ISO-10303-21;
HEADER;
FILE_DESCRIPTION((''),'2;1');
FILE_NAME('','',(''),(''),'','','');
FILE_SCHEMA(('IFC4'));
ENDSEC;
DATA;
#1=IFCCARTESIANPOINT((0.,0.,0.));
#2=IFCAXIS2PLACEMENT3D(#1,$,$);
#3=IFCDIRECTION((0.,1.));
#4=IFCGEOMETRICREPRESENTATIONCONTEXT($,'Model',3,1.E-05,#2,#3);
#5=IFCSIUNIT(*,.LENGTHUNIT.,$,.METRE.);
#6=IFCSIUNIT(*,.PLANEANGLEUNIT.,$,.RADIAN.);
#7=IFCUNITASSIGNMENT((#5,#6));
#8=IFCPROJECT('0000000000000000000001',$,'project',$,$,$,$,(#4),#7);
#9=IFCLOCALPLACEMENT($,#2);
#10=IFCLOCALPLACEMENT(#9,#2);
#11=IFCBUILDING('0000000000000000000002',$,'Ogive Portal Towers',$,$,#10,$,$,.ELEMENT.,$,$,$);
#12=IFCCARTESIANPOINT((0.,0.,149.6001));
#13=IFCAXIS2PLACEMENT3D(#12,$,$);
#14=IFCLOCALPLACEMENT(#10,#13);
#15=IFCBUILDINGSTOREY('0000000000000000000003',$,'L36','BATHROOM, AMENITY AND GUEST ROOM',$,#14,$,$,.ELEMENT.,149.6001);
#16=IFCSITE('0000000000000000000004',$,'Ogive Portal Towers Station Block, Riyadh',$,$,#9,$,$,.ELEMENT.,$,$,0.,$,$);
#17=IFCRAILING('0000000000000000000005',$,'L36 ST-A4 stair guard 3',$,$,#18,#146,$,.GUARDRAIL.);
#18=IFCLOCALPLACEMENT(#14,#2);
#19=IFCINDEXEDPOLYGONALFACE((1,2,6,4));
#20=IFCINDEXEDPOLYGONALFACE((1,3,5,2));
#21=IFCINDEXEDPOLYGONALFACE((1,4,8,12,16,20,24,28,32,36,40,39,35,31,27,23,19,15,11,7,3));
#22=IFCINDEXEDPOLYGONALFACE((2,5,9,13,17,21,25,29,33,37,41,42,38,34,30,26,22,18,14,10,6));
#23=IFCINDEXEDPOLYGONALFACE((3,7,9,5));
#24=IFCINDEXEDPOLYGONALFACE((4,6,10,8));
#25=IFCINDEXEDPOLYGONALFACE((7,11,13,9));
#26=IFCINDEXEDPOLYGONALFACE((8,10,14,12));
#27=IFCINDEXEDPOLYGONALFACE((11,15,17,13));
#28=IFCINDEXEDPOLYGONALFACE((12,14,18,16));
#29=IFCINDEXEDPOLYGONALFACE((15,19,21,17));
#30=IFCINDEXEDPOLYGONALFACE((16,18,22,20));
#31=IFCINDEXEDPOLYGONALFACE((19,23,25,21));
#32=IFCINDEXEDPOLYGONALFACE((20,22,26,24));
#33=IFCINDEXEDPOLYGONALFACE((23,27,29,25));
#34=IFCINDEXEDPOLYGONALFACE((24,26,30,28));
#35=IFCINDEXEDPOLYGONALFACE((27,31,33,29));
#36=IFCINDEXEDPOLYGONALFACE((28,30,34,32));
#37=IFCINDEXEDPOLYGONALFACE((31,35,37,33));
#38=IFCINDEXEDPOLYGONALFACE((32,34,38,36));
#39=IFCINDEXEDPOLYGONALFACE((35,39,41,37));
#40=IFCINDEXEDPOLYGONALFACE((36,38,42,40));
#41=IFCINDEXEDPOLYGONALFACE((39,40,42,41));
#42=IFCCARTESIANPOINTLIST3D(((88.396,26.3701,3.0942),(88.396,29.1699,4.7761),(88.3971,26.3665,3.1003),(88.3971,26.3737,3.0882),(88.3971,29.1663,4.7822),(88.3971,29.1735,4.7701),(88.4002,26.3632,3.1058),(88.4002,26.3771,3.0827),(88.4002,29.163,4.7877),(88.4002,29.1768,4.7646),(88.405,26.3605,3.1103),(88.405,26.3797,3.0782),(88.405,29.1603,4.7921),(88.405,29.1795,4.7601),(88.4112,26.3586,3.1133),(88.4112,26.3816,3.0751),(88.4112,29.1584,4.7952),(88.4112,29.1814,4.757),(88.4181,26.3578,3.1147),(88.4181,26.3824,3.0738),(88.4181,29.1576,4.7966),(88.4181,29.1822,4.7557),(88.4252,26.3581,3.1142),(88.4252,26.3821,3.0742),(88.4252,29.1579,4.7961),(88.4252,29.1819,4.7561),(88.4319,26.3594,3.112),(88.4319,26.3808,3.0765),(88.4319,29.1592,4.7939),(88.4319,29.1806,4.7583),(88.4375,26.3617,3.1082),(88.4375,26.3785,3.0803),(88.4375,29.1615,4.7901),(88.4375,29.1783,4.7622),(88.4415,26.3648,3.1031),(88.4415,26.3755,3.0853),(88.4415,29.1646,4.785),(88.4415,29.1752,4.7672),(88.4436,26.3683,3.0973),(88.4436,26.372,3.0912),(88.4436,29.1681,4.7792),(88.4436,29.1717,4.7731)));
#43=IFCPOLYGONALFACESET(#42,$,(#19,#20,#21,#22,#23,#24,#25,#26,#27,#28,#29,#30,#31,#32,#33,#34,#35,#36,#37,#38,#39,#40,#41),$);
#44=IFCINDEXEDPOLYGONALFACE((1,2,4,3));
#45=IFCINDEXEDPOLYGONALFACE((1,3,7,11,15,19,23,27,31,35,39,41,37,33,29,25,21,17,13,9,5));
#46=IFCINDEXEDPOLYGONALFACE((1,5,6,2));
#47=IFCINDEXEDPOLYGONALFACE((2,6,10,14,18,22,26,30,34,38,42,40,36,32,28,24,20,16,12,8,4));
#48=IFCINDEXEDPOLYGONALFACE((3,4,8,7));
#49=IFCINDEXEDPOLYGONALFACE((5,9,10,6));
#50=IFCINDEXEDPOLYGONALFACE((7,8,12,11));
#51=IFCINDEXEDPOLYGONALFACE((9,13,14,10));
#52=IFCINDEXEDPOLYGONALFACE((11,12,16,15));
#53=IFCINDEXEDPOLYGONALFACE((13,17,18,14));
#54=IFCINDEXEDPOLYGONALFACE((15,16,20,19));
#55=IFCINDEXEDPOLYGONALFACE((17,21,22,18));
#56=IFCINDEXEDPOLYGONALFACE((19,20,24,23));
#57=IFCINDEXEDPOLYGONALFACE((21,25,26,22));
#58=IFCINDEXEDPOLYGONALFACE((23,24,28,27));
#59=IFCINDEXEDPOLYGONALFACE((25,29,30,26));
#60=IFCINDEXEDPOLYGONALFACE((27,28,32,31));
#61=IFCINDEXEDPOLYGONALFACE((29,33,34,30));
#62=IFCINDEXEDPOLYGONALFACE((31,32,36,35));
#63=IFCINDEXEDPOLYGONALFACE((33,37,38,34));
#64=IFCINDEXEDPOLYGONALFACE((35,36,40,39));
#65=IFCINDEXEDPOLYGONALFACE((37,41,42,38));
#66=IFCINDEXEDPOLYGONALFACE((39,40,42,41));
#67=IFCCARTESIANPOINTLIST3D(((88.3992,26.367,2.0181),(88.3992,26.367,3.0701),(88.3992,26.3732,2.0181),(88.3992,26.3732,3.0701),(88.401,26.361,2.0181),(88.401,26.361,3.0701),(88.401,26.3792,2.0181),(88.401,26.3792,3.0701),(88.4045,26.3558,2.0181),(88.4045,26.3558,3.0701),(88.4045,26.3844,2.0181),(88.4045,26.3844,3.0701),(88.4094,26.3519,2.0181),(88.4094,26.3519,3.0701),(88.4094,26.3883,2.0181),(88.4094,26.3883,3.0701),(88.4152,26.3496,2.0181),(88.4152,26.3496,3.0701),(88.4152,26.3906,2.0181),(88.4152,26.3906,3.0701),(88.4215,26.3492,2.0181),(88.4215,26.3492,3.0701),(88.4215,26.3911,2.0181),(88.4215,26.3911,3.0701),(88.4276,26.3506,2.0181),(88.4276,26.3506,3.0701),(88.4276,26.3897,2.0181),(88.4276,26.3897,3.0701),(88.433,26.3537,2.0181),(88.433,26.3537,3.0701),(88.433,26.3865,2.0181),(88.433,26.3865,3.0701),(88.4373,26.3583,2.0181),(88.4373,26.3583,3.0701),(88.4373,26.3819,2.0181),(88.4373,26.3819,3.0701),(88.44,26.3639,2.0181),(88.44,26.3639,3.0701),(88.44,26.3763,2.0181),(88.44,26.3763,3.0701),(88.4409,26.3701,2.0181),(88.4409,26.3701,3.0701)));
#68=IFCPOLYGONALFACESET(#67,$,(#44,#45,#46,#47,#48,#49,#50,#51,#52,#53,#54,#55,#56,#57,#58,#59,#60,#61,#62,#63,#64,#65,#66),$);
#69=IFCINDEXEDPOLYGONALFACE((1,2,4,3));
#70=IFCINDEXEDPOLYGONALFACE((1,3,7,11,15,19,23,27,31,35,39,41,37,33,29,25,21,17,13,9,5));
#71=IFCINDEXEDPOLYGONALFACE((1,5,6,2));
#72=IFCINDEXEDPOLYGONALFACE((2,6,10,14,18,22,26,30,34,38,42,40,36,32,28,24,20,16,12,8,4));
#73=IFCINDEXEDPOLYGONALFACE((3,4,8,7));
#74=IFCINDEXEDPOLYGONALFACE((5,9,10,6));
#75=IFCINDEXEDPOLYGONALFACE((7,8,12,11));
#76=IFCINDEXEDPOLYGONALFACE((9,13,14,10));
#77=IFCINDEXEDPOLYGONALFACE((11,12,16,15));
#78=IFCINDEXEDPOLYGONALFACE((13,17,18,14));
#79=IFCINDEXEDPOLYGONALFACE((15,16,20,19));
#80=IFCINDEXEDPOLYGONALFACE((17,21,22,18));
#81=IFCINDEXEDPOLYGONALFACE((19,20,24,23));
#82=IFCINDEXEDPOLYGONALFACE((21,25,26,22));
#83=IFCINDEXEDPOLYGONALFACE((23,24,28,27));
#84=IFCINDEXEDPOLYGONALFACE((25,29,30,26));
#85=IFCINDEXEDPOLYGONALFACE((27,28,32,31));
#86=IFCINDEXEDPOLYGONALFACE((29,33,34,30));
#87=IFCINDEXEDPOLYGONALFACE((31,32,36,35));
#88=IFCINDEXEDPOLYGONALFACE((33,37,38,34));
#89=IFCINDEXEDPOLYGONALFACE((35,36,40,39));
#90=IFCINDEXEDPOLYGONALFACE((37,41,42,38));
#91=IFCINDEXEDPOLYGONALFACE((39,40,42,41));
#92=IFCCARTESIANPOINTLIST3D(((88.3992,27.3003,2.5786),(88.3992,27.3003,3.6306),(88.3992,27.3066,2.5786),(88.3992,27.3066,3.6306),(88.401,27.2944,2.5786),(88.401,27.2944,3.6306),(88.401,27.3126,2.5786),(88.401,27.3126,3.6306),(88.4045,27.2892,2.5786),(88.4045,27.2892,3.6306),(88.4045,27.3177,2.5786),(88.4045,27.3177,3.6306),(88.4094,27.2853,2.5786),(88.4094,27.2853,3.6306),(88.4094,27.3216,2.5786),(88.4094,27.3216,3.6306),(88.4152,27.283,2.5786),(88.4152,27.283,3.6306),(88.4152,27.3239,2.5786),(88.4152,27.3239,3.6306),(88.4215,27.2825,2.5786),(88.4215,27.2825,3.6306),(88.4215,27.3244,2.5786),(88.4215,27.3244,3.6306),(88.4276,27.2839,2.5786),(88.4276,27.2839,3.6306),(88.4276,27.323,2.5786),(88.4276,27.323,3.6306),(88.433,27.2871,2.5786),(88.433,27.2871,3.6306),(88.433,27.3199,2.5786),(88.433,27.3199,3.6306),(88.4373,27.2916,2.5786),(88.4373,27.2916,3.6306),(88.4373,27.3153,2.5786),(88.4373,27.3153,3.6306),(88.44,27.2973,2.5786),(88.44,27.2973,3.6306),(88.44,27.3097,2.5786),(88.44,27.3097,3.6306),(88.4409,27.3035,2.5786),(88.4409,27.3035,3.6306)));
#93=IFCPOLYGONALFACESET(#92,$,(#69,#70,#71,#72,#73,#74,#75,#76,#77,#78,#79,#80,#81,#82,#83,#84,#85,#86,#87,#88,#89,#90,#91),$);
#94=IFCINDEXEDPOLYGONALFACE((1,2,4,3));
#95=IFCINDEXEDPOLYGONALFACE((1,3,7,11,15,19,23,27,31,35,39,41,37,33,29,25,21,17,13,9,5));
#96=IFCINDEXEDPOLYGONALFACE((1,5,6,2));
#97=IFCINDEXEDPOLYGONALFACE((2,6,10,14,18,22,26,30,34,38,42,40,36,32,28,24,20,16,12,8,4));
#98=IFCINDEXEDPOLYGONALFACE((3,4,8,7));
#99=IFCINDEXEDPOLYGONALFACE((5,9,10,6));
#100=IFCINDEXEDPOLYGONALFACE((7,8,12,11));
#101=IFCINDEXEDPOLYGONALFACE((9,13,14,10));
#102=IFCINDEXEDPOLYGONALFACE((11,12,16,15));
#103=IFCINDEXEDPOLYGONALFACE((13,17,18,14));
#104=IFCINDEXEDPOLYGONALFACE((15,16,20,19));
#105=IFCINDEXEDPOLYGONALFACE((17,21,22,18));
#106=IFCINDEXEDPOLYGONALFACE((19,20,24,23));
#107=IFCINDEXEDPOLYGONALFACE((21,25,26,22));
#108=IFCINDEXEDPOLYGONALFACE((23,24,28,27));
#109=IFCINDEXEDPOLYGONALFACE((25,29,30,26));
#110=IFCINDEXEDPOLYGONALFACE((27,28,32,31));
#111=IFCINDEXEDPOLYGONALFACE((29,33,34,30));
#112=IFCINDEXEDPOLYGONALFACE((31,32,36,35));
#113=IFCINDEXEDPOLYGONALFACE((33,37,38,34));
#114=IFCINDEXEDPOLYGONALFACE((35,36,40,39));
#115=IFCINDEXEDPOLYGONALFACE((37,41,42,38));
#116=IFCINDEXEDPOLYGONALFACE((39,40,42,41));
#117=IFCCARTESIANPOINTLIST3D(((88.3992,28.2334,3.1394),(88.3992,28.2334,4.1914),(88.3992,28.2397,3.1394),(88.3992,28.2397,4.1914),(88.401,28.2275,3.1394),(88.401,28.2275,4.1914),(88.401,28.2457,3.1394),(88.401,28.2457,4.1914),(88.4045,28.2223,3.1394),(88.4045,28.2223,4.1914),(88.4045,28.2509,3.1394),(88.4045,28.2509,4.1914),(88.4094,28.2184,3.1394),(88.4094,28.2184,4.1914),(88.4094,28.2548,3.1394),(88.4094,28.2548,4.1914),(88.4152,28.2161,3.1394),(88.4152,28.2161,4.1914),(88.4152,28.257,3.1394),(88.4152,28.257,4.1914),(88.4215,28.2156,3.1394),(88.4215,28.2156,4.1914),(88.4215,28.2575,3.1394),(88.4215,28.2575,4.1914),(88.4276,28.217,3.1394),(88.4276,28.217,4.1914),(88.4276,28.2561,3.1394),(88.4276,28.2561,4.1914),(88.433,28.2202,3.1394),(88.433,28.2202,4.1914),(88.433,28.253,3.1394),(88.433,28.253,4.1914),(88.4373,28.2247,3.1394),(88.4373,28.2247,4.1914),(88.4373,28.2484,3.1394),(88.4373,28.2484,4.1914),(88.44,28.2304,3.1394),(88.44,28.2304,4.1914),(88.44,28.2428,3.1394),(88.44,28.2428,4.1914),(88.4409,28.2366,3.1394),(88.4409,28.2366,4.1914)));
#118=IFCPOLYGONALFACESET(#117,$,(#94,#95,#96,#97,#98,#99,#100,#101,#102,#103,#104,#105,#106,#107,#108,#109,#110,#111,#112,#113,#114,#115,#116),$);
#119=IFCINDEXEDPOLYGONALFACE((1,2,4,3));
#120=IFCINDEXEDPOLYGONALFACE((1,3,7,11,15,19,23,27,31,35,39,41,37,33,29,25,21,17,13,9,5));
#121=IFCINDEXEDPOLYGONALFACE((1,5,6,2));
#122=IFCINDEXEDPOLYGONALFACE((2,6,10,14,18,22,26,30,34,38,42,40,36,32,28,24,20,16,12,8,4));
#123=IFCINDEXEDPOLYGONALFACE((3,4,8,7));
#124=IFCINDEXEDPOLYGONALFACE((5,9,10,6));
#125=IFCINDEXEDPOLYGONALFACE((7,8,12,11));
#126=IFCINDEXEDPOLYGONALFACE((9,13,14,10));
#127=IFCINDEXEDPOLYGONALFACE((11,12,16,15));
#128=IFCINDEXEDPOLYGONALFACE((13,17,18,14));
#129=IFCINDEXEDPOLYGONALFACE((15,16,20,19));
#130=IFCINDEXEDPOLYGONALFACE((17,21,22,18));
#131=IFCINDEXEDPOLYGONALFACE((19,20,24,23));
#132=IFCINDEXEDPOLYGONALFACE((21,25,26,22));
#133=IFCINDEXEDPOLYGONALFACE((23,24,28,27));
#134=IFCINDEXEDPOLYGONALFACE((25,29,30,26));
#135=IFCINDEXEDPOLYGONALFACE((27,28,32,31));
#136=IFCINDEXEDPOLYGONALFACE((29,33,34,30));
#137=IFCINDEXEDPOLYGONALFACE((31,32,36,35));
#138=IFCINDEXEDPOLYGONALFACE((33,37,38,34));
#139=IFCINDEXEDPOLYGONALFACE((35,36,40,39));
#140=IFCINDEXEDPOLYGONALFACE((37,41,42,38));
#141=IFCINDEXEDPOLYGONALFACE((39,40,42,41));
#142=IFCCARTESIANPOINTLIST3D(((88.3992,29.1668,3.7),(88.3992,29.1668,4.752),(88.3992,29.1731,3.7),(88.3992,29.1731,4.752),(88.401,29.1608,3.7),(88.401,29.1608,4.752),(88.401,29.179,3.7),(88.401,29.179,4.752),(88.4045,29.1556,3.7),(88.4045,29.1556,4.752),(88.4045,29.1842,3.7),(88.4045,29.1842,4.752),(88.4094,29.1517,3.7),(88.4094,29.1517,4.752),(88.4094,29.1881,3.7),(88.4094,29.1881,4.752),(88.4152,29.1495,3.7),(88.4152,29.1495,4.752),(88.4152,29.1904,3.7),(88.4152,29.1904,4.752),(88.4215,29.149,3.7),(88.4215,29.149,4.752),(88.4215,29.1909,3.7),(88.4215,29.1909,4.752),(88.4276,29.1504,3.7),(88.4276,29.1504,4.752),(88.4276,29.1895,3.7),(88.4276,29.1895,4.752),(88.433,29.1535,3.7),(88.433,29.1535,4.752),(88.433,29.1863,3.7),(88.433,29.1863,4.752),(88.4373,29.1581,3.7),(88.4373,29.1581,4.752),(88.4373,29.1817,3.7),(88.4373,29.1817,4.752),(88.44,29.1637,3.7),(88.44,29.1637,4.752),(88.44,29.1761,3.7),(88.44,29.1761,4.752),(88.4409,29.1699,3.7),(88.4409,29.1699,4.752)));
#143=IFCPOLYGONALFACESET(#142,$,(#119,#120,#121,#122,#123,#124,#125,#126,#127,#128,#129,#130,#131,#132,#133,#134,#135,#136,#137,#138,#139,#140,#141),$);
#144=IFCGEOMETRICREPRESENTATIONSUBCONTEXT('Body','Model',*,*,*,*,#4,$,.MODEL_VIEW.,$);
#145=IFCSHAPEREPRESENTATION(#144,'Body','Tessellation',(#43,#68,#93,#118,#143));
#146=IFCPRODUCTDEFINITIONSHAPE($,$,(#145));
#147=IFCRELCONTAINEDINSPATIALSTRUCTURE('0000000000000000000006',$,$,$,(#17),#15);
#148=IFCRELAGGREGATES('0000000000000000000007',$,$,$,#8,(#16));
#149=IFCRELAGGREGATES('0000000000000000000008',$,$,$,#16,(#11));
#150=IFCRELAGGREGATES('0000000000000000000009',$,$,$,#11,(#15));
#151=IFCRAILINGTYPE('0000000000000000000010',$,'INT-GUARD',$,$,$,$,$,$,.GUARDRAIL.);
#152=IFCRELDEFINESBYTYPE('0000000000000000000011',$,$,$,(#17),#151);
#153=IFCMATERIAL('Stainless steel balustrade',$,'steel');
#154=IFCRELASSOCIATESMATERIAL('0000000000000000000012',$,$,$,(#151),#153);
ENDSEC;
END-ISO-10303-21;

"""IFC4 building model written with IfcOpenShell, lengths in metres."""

from ifc_helpers import new_model, si_unit, direction, frame, origin, origin_2d, place, context, subcontext, project, spatial, circle, extrude, material, type_object, element, save


model = new_model("IFC4")

# Units and contexts
model_context = context("Model", 3, precision=1e-05, world=origin(), true_north=direction((0.0, 1.0)))
body_context = subcontext(model_context, "Body", "Model", "MODEL_VIEW")
ifc_project = project(units=[si_unit("LENGTHUNIT", "METRE"), si_unit("PLANEANGLEUNIT", "RADIAN")], contexts=[model_context])

# Site, building, storey
site_placement = place(None, origin())
site = spatial("IfcSite", under=ifc_project, at=site_placement, Name="Ogive Portal Towers Station Block, Riyadh", CompositionType="ELEMENT", RefElevation=0.0)
building_placement = place(site_placement, origin())
building = spatial("IfcBuilding", under=site, at=building_placement, Name="Ogive Portal Towers", CompositionType="ELEMENT")
storey_placement = place(building_placement, frame((0.0, 0.0, 149.6001)))
storey = spatial("IfcBuildingStorey", under=building, at=storey_placement, Name="L36", Description="BATHROOM, AMENITY AND GUEST ROOM", CompositionType="ELEMENT", Elevation=149.6001)

# Railing
ifc_material_1 = material(Name="Stainless steel balustrade", Category="steel")
railing_type_1 = type_object("IfcRailingType", Name="INT-GUARD", PredefinedType="GUARDRAIL", material=ifc_material_1)
railing_1_placement = place(storey_placement, frame((88.4199, 26.3701, 2.0181)))
element("IfcRailing", 1, at=railing_1_placement, inside=storey, type_object=railing_type_1, Name="L36 ST-A4 stair guard 3", PredefinedType="GUARDRAIL", context=body_context, shape_type="SweptSolid", body=[
    extrude(circle(Radius=0.0239, at=origin_2d()), frame((0.0, 0.0, 1.0762), z_axis=(0.0, 0.857222, 0.514946), x_axis=(-1.0, 0.0, 0.0)), (0.0, 0.0, 1.0), 3.2661),
    extrude(circle(Radius=0.021, at=origin_2d()), origin(), (0.0, 0.0, 1.0), 1.052),
    extrude(circle(Radius=0.021, at=origin_2d()), frame((0.0, 0.9333, 0.5605)), (0.0, 0.0, 1.0), 1.052),
    extrude(circle(Radius=0.021, at=origin_2d()), frame((0.0, 1.8665, 1.1213)), (0.0, 0.0, 1.0), 1.052),
    extrude(circle(Radius=0.021, at=origin_2d()), frame((0.0, 2.7998, 1.6819)), (0.0, 0.0, 1.0), 1.052),
])

save(model, "model.ifc")
